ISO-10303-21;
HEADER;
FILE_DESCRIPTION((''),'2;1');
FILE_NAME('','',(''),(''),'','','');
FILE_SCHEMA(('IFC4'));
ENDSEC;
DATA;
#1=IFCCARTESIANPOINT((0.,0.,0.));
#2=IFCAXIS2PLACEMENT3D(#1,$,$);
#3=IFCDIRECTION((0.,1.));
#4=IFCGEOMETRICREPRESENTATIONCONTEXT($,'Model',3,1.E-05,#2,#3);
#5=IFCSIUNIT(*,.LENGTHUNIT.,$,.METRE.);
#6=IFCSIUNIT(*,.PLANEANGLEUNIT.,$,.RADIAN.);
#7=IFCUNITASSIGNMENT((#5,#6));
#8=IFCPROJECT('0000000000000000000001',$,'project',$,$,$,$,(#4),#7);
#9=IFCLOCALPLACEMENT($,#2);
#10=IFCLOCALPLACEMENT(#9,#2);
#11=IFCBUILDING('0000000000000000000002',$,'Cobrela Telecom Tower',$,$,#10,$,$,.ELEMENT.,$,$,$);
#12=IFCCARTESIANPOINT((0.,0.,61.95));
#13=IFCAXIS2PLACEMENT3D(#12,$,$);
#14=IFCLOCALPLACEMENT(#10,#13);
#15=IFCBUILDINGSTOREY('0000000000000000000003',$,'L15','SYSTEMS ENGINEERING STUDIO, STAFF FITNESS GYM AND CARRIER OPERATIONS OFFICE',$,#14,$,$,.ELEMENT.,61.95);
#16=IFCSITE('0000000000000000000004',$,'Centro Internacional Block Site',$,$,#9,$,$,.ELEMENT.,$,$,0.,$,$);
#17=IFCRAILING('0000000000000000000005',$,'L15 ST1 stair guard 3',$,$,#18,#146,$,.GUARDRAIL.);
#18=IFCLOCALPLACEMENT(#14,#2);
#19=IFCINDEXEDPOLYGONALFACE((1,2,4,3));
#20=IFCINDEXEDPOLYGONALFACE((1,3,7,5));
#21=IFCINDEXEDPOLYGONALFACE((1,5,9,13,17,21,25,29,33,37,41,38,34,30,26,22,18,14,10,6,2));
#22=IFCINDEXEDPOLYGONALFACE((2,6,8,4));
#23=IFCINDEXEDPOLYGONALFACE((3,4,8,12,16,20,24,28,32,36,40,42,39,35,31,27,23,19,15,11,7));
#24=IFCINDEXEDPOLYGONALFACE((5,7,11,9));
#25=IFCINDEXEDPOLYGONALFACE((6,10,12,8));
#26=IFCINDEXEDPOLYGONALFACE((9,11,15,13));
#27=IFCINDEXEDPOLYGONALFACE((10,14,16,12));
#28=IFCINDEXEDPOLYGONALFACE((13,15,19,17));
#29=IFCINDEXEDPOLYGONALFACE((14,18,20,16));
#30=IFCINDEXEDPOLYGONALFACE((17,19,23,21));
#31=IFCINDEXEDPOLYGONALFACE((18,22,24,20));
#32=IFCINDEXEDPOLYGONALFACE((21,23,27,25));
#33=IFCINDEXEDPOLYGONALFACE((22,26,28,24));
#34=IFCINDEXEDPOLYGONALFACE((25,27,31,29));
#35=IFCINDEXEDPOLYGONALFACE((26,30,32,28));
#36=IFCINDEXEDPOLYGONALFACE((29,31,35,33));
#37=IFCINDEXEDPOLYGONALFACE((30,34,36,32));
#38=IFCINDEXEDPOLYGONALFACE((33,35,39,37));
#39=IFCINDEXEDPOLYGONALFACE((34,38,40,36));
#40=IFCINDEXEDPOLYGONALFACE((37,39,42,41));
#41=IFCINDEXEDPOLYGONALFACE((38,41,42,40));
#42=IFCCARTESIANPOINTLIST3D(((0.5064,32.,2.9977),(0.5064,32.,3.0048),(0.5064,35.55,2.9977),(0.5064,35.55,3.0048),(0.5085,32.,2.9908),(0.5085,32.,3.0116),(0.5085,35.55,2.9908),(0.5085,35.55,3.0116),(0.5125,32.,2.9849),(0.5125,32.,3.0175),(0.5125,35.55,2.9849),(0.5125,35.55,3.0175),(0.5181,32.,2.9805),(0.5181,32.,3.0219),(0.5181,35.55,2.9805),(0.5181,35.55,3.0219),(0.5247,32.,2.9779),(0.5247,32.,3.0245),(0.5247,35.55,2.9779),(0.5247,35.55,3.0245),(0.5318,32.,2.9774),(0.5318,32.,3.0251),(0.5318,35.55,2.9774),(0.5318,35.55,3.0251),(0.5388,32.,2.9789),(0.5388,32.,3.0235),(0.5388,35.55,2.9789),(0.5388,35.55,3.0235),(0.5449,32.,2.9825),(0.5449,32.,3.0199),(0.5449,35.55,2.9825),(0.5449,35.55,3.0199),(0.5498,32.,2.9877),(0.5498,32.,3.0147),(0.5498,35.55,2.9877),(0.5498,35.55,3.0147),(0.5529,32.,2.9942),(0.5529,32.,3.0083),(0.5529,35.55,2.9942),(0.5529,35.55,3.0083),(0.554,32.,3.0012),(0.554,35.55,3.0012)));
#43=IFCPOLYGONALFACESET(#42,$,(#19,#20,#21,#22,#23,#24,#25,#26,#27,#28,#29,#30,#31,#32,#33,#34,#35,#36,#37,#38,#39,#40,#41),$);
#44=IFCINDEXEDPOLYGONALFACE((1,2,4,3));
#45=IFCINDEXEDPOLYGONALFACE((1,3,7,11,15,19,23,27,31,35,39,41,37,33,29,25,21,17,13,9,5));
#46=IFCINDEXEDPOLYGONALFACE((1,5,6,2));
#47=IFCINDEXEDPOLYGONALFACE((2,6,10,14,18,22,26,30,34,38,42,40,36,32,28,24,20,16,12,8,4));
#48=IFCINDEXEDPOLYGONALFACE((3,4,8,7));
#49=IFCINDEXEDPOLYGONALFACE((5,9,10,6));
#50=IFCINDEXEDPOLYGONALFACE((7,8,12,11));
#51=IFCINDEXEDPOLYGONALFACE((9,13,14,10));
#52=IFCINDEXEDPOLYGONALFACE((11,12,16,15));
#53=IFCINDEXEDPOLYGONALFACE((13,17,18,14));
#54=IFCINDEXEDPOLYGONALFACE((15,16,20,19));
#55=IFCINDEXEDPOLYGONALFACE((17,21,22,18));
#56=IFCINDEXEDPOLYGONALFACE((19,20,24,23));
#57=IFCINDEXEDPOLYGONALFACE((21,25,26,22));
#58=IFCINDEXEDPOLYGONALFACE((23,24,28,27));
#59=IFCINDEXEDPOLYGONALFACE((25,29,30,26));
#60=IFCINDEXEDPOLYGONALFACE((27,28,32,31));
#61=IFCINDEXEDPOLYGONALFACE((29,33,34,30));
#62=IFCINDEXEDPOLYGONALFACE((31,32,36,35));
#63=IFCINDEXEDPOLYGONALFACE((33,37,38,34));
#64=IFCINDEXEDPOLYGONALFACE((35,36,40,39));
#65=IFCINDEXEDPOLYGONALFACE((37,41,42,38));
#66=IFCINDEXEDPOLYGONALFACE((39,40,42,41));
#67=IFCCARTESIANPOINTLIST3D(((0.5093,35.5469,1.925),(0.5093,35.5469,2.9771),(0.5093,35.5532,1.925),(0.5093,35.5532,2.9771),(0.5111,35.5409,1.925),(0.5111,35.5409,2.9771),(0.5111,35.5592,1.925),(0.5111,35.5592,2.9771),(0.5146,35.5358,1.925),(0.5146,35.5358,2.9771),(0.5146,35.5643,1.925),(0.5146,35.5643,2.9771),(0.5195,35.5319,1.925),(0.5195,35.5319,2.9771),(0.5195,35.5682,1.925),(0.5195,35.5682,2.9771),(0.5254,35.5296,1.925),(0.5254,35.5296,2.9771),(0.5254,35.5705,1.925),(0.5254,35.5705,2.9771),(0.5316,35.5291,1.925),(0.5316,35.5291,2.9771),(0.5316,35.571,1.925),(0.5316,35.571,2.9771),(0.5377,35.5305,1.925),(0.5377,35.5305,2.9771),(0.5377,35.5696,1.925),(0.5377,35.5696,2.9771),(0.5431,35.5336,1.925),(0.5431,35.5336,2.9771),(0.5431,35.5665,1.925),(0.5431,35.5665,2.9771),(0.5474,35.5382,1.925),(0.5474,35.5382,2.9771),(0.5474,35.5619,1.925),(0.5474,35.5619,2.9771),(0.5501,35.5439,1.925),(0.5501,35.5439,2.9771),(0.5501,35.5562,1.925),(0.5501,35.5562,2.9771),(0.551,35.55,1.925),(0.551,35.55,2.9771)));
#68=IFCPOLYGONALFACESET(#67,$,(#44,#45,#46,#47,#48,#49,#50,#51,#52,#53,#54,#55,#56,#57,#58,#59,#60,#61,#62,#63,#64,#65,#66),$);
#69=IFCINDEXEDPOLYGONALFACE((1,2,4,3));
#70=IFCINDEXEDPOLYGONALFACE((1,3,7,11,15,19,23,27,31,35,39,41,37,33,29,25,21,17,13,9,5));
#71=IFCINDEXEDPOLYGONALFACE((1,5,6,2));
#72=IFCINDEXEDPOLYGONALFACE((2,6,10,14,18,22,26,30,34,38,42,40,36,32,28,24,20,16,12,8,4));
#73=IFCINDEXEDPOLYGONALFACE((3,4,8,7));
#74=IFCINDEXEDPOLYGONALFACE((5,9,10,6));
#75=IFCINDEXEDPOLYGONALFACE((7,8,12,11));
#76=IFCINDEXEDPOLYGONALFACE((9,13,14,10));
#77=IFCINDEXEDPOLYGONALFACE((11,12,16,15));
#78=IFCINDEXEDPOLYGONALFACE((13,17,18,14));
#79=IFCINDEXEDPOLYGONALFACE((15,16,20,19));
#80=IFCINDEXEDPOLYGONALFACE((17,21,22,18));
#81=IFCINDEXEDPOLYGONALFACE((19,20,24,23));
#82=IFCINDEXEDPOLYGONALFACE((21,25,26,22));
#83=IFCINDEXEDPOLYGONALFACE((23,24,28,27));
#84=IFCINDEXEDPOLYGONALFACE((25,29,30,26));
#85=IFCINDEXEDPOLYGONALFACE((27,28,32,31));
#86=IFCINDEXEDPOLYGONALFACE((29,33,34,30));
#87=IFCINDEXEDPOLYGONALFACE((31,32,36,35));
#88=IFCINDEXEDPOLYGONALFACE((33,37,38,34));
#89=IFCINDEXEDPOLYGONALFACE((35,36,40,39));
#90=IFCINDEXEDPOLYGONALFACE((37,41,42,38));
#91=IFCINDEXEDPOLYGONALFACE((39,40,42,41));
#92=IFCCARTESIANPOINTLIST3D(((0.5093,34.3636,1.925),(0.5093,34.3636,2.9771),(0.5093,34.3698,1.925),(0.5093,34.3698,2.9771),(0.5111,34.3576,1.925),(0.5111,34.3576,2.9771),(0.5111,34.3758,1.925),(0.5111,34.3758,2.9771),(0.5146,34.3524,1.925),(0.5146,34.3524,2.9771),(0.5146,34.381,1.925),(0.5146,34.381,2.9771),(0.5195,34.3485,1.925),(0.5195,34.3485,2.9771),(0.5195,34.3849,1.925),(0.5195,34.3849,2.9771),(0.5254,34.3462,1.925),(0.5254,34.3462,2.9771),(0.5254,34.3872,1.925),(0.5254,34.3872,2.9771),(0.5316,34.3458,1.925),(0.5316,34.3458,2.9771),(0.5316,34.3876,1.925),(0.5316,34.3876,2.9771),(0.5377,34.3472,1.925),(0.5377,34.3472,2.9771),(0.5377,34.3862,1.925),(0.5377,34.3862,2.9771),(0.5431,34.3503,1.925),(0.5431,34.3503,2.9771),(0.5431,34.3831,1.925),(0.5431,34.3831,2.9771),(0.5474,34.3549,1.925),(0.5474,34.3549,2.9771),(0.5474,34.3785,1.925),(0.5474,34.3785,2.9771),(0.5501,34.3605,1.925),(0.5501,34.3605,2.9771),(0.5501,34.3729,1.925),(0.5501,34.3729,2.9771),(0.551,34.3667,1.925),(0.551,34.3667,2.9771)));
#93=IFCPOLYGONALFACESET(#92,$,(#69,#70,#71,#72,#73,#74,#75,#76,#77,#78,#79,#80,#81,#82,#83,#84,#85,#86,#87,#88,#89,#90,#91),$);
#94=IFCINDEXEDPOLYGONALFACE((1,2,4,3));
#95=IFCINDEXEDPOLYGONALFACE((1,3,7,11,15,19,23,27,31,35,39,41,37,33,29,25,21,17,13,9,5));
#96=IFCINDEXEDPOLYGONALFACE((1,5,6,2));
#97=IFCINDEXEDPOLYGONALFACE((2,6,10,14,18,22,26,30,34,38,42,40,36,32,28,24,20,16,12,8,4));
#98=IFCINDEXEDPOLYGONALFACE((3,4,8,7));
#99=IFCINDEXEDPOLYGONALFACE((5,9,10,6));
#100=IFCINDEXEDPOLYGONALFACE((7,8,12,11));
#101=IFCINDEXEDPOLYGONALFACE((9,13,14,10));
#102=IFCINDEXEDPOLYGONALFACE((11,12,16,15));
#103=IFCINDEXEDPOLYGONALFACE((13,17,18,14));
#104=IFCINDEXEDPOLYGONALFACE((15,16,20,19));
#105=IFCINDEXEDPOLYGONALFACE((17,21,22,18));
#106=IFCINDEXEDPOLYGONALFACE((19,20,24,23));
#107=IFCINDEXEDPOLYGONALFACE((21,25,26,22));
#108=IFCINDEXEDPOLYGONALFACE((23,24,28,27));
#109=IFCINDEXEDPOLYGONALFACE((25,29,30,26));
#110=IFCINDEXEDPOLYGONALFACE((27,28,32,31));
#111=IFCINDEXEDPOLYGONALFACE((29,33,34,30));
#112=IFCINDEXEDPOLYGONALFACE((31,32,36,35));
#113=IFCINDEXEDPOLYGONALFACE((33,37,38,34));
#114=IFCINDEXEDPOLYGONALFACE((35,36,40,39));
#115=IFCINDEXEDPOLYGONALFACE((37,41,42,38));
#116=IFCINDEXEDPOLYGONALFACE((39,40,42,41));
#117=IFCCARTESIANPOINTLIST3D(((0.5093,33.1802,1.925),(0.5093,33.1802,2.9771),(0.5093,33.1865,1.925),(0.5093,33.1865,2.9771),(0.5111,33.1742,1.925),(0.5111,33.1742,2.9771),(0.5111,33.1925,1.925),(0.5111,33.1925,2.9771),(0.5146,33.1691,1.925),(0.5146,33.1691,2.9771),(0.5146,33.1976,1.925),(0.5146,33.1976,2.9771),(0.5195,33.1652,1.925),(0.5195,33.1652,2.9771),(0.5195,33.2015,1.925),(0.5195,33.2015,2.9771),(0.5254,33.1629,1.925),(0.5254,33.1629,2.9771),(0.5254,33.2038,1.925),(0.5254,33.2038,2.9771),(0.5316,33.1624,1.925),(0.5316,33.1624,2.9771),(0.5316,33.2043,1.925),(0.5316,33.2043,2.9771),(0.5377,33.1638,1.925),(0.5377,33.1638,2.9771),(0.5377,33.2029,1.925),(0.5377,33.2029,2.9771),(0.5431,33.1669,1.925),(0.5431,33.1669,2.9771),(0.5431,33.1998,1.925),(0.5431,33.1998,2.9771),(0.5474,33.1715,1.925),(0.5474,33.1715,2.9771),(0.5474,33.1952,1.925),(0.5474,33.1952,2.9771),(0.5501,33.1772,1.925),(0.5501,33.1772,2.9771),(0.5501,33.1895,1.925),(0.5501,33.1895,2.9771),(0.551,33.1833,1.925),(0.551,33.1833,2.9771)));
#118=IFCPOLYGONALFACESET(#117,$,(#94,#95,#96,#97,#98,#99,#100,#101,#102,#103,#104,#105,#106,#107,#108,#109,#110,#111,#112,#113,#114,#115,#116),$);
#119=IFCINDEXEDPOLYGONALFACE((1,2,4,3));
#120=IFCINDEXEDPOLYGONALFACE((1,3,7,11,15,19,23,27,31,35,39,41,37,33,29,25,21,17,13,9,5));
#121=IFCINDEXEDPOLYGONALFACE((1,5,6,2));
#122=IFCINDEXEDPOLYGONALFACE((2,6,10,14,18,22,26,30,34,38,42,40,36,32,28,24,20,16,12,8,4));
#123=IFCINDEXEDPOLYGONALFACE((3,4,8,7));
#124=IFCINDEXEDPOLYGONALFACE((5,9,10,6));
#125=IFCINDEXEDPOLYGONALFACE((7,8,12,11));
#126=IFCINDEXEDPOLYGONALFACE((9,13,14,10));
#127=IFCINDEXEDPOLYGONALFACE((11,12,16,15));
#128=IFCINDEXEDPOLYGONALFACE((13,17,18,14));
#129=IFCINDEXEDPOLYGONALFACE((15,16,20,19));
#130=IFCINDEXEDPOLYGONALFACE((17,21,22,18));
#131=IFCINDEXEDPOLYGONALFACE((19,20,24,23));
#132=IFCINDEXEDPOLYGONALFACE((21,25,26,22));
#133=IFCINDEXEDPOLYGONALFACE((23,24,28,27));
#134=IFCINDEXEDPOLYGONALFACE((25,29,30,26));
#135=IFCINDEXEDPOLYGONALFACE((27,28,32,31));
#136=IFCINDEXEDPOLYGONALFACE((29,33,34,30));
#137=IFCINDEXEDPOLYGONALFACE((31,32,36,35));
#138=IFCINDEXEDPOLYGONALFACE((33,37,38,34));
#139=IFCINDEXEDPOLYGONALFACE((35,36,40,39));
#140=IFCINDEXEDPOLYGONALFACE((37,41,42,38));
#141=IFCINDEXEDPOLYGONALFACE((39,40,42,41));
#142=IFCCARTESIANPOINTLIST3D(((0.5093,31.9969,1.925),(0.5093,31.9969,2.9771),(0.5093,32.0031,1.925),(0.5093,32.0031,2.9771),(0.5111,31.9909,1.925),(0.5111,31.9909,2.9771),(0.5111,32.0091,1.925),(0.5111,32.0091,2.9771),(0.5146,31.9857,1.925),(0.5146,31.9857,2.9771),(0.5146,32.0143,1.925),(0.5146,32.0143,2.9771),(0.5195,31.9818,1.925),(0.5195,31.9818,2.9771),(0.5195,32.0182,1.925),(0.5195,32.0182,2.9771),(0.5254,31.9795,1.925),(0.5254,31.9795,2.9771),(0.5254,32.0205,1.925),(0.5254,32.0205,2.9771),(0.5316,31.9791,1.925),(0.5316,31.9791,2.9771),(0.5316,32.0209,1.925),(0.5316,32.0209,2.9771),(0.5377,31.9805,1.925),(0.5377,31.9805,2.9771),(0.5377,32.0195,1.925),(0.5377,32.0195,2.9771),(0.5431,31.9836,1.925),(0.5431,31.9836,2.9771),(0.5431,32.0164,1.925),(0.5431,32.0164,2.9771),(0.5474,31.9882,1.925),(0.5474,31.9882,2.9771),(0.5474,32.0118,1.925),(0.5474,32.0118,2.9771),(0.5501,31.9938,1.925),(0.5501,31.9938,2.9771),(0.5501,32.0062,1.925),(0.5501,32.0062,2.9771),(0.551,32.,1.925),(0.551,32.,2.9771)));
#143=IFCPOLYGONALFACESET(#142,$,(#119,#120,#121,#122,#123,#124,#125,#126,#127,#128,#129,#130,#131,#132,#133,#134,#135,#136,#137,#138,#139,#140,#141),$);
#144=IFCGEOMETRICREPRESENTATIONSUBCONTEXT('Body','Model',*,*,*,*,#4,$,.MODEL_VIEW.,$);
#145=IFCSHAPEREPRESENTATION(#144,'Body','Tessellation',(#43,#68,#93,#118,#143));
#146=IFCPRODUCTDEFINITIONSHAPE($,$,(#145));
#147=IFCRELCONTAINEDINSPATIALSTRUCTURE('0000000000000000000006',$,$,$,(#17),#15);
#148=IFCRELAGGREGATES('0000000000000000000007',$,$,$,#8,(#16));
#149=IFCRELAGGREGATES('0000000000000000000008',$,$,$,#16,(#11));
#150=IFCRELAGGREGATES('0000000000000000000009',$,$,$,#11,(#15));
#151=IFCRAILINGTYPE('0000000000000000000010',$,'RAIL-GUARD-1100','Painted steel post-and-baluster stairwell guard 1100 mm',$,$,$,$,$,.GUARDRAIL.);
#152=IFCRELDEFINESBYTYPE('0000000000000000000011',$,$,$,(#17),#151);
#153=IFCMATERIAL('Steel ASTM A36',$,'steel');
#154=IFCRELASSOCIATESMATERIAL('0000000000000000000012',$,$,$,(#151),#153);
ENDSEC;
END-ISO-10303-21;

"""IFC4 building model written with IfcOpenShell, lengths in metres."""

from ifc_helpers import new_model, si_unit, direction, frame, origin, origin_2d, place, context, subcontext, project, spatial, circle, extrude, material, type_object, element, save


model = new_model("IFC4")

# Units and contexts
model_context = context("Model", 3, precision=1e-05, world=origin(), true_north=direction((0.0, 1.0)))
body_context = subcontext(model_context, "Body", "Model", "MODEL_VIEW")
ifc_project = project(units=[si_unit("LENGTHUNIT", "METRE"), si_unit("PLANEANGLEUNIT", "RADIAN")], contexts=[model_context])

# Site, building, storey
site_placement = place(None, origin())
site = spatial("IfcSite", under=ifc_project, at=site_placement, Name="Centro Internacional Block Site", CompositionType="ELEMENT", RefElevation=0.0)
building_placement = place(site_placement, origin())
building = spatial("IfcBuilding", under=site, at=building_placement, Name="Cobrela Telecom Tower", CompositionType="ELEMENT")
storey_placement = place(building_placement, frame((0.0, 0.0, 61.95)))
storey = spatial("IfcBuildingStorey", under=building, at=storey_placement, Name="L15", Description="SYSTEMS ENGINEERING STUDIO, STAFF FITNESS GYM AND CARRIER OPERATIONS OFFICE", CompositionType="ELEMENT", Elevation=61.95)

# Shared definitions
ifc_material_1 = material(Name="Steel ASTM A36", Category="steel")

# Railing
railing_type_1 = type_object("IfcRailingType", Name="RAIL-GUARD-1100", Description="Painted steel post-and-baluster stairwell guard 1100 mm", PredefinedType="GUARDRAIL", material=ifc_material_1)
railing_1_placement = place(storey_placement, frame((0.53, 35.55, 1.925)))
element("IfcRailing", 1, at=railing_1_placement, inside=storey, type_object=railing_type_1, Name="L15 ST1 stair guard 3", PredefinedType="GUARDRAIL", context=body_context, shape_type="SweptSolid", body=[
    extrude(circle(Radius=0.0239, at=origin_2d()), frame((0.0, 0.0, 1.0762), z_axis=(0.0, -1.0, 0.0), x_axis=(1.0, 0.0, 0.0)), (0.0, 0.0, 1.0), 3.55),
    extrude(circle(Radius=0.021, at=origin_2d()), origin(), (0.0, 0.0, 1.0), 1.052),
    extrude(circle(Radius=0.021, at=origin_2d()), frame((0.0, -1.1833, 0.0)), (0.0, 0.0, 1.0), 1.052),
    extrude(circle(Radius=0.021, at=origin_2d()), frame((0.0, -2.3667, 0.0)), (0.0, 0.0, 1.0), 1.052),
    extrude(circle(Radius=0.021, at=origin_2d()), frame((0.0, -3.55, 0.0)), (0.0, 0.0, 1.0), 1.052),
])

save(model, "model.ifc")
